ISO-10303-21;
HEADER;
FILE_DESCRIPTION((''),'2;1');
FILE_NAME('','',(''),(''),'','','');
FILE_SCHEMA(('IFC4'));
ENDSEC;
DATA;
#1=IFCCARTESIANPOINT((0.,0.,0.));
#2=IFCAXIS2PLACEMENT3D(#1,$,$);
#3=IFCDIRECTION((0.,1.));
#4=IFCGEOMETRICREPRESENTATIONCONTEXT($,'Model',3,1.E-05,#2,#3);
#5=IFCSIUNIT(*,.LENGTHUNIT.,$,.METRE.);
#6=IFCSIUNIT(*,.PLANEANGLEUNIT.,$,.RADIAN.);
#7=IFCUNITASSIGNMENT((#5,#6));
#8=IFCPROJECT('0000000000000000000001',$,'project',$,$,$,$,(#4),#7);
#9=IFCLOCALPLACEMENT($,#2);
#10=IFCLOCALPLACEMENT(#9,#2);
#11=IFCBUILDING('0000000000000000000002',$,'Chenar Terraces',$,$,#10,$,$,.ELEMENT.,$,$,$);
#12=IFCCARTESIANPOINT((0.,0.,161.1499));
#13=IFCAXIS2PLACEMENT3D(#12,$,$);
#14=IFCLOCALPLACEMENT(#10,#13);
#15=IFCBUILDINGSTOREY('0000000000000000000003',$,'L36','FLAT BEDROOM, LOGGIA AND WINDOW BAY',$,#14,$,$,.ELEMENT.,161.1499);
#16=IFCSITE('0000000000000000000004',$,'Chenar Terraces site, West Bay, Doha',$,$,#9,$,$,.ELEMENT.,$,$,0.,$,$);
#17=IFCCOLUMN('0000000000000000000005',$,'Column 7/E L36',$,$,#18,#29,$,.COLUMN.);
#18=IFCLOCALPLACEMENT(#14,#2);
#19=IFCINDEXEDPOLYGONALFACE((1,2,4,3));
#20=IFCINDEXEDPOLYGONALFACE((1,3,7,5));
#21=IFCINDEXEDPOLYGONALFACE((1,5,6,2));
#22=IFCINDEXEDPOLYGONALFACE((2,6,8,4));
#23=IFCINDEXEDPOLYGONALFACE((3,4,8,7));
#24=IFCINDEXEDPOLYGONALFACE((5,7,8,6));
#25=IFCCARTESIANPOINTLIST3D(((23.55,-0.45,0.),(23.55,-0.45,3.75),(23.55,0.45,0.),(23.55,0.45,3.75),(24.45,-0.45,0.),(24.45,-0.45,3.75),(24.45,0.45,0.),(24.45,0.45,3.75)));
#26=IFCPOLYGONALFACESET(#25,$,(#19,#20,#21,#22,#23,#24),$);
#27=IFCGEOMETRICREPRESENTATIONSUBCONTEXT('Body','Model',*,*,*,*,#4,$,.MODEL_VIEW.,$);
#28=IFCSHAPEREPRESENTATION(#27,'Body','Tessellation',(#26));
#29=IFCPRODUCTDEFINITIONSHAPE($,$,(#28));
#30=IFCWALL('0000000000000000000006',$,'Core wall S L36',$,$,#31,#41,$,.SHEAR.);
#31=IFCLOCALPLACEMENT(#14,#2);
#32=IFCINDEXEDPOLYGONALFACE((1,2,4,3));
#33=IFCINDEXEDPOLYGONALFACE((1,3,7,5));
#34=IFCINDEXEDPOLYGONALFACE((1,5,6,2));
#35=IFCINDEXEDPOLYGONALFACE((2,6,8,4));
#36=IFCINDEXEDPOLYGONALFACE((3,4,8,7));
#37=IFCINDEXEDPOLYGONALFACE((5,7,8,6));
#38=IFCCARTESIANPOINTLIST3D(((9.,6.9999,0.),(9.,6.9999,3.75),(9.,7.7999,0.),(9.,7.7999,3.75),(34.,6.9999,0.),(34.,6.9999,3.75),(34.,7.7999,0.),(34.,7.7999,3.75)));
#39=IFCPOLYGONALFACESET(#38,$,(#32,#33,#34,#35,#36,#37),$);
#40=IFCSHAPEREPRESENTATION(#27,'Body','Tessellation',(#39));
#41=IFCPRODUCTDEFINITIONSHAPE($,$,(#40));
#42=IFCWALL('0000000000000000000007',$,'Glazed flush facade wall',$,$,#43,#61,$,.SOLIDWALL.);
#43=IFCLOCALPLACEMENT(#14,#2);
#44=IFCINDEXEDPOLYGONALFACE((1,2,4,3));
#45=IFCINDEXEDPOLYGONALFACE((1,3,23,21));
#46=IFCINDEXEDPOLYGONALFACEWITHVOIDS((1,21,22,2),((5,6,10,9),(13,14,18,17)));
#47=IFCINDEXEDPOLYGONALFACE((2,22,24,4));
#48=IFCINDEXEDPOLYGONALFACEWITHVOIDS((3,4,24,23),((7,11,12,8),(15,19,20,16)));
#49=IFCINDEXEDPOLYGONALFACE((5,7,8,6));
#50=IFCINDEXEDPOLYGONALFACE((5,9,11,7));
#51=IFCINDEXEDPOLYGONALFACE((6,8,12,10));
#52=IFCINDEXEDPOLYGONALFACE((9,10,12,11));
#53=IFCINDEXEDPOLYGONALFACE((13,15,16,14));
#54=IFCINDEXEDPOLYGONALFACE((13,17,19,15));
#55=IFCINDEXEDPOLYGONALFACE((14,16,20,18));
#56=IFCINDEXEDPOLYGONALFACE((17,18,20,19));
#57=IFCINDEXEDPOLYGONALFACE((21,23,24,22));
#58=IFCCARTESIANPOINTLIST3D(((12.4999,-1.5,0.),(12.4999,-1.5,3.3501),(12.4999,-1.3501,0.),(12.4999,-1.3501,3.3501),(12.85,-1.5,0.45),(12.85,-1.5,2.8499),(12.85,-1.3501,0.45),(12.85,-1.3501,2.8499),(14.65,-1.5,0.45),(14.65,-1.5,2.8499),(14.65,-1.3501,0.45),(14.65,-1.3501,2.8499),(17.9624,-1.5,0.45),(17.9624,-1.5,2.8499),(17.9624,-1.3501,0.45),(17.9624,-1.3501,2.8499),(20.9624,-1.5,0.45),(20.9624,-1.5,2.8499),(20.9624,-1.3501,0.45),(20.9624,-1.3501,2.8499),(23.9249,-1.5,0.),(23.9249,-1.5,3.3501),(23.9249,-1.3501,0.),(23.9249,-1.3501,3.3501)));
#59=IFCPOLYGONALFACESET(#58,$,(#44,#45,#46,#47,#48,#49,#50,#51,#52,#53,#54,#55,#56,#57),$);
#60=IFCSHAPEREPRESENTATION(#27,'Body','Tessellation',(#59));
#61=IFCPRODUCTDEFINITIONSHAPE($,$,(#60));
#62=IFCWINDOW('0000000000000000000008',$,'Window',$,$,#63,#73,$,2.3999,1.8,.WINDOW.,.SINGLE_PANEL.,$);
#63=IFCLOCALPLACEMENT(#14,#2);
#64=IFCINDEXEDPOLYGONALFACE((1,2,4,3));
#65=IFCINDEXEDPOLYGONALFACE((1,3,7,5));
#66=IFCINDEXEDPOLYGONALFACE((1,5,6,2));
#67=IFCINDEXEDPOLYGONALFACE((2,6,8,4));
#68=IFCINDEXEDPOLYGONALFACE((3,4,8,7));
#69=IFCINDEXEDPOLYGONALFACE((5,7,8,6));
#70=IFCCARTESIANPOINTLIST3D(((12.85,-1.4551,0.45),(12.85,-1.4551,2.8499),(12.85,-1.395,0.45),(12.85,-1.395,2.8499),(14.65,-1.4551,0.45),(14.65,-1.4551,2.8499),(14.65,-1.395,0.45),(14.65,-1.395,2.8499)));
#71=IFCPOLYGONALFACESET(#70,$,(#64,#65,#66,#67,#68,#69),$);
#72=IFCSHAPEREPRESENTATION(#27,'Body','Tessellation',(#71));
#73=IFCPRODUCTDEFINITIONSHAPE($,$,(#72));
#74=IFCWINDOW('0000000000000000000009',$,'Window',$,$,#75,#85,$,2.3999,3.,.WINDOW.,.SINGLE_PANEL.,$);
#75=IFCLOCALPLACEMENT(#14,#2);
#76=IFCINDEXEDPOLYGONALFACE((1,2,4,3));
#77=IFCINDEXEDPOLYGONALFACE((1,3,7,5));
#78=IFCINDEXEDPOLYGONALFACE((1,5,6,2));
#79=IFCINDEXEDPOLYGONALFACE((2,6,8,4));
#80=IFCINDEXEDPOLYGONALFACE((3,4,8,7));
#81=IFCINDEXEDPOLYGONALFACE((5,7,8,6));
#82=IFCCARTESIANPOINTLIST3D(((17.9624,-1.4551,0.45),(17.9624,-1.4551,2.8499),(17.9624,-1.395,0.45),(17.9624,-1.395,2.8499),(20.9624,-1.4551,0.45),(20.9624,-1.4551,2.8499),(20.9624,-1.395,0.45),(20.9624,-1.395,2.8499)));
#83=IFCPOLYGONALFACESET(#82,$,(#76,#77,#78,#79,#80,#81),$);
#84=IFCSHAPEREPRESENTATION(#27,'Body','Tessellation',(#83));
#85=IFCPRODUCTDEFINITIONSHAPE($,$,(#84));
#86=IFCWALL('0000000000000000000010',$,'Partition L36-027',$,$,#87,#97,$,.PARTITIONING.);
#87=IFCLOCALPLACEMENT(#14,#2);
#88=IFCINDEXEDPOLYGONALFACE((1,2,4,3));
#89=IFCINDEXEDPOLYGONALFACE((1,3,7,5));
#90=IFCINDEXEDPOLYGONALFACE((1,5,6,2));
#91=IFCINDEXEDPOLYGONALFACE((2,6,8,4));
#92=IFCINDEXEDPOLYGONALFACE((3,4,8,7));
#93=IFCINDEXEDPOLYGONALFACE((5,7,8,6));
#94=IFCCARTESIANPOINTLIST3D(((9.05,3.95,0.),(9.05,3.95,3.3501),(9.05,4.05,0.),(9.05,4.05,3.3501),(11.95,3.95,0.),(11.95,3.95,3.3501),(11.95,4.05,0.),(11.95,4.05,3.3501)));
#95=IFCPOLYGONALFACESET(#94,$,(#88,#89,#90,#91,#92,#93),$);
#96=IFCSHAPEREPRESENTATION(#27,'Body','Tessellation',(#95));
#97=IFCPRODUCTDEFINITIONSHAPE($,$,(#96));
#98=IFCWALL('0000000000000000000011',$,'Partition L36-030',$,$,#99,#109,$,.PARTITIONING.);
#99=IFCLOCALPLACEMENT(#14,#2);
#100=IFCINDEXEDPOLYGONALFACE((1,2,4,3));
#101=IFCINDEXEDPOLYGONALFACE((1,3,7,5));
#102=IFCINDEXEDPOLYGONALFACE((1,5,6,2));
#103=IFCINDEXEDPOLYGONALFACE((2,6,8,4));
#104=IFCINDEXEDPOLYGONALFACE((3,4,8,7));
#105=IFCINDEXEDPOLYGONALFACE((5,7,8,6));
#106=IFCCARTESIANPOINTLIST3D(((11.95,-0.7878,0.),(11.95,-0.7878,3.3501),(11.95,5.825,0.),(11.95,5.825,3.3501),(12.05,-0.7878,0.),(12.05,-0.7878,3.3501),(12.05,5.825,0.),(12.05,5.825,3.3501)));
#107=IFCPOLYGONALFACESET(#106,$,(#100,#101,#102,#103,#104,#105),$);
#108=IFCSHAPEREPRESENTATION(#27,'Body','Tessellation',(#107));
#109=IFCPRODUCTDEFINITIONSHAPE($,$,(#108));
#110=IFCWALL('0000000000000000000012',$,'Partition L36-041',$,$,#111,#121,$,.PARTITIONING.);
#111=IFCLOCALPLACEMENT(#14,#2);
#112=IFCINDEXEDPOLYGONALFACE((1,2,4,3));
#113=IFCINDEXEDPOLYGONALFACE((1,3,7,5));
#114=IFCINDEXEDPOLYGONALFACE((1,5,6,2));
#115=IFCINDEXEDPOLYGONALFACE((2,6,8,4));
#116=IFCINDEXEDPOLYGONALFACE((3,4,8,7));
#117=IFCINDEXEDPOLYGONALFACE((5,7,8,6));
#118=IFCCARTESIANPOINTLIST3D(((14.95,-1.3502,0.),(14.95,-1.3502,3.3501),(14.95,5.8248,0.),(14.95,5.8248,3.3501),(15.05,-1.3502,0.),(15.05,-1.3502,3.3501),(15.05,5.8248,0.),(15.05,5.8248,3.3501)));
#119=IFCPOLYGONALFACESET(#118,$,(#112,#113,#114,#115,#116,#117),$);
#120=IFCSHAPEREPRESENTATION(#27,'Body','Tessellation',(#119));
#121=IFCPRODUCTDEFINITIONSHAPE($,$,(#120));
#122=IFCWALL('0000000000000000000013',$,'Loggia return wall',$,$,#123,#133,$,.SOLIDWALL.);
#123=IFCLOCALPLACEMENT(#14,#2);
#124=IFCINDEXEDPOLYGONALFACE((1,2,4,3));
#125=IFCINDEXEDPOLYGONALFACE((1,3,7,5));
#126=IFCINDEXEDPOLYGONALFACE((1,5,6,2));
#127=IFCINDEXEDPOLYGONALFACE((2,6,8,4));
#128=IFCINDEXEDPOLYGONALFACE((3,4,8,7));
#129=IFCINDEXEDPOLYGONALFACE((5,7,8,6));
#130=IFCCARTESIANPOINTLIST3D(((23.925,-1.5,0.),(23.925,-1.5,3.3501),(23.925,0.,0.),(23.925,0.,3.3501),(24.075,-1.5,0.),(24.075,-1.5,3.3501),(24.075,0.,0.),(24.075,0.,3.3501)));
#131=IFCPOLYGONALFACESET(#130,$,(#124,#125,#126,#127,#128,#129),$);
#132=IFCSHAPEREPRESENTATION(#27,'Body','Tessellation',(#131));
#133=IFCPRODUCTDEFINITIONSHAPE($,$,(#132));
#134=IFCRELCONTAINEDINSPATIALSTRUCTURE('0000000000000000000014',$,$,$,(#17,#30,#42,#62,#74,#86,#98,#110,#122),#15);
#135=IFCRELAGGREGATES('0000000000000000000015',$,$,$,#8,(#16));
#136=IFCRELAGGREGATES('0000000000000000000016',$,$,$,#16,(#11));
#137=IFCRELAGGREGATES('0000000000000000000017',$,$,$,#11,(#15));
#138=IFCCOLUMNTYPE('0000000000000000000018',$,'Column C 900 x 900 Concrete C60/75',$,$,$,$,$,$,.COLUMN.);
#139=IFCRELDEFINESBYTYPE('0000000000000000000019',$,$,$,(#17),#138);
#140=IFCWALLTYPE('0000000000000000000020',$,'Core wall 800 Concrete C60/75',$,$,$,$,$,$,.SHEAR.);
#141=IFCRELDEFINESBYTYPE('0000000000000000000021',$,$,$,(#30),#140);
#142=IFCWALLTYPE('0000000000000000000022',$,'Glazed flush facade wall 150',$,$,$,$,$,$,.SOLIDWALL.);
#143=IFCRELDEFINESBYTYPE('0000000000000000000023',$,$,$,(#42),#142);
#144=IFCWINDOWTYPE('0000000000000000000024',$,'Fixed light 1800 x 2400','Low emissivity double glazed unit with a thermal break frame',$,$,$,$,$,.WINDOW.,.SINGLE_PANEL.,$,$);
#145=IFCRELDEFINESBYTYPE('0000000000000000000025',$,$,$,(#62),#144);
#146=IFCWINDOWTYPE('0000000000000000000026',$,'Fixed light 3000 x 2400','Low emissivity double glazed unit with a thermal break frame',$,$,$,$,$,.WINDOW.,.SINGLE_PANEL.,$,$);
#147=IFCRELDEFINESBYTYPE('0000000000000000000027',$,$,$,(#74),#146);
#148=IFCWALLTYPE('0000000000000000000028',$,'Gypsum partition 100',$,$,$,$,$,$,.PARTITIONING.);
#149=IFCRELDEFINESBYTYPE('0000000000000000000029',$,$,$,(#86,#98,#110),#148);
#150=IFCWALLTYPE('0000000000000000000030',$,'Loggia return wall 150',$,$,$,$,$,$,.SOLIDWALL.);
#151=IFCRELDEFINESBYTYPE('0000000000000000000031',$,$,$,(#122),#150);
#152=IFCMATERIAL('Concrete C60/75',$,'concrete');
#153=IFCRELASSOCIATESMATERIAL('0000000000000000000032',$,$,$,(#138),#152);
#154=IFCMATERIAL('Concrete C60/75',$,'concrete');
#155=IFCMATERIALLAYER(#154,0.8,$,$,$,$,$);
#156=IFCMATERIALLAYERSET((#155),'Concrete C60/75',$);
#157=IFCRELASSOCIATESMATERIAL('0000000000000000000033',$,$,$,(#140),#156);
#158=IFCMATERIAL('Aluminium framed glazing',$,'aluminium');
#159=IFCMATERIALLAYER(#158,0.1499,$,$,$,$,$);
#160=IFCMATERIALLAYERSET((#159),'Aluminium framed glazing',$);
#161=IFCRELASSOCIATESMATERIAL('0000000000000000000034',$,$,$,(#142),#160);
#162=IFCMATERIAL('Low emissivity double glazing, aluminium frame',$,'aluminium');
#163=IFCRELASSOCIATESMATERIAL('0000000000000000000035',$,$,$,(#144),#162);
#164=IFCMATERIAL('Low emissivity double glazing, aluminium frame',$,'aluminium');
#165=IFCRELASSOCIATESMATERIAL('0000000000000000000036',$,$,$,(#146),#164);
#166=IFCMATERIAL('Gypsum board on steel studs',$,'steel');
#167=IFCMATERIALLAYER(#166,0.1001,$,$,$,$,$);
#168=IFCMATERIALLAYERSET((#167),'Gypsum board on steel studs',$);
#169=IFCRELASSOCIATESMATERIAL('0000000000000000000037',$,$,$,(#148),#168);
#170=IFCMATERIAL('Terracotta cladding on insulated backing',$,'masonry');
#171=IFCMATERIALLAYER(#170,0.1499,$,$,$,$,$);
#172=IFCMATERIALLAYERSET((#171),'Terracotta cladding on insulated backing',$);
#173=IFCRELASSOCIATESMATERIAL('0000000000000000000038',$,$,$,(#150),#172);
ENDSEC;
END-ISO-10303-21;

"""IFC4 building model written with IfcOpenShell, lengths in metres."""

from ifc_helpers import new_model, si_unit, direction, frame, frame_2d, origin, origin_2d, place, context, subcontext, project, spatial, rectangle, extrude, material, layer, layer_set, material_profile, profile_set, type_object, element, fill, save


model = new_model("IFC4")

# Units and contexts
model_context = context("Model", 3, precision=1e-05, world=origin(), true_north=direction((0.0, 1.0)))
body_context = subcontext(model_context, "Body", "Model", "MODEL_VIEW")
ifc_project = project(units=[si_unit("LENGTHUNIT", "METRE"), si_unit("PLANEANGLEUNIT", "RADIAN")], contexts=[model_context])

# Site, building, storey
site_placement = place(None, origin())
site = spatial("IfcSite", under=ifc_project, at=site_placement, Name="Chenar Terraces site, West Bay, Doha", CompositionType="ELEMENT", RefElevation=0.0)
building_placement = place(site_placement, origin())
building = spatial("IfcBuilding", under=site, at=building_placement, Name="Chenar Terraces", CompositionType="ELEMENT")
storey_placement = place(building_placement, frame((0.0, 0.0, 161.1499)))
storey = spatial("IfcBuildingStorey", under=building, at=storey_placement, Name="L36", Description="FLAT BEDROOM, LOGGIA AND WINDOW BAY", CompositionType="ELEMENT", Elevation=161.1499)

# Column
ifc_material_1 = material(Name="Concrete C60/75", Category="concrete")
ifc_material_profile = material_profile(ifc_material_1, rectangle(XDim=0.8999, YDim=0.8999, at=origin_2d()), Name="C 900 x 900")
ifc_profile_set = profile_set([ifc_material_profile], Name="Concrete C60/75")
column_type = type_object("IfcColumnType", Name="Column C 900 x 900 Concrete C60/75", PredefinedType="COLUMN", material=ifc_profile_set)
column_placement = place(storey_placement, frame((24.0, 0.0, 0.0), z_axis=(0.0, 0.0, 1.0), x_axis=(1.0, 0.0, 0.0)))
element("IfcColumn", 1, at=column_placement, inside=storey, type_object=column_type, Name="Column 7/E L36", PredefinedType="COLUMN", context=body_context, shape_type="SweptSolid", body=[
    extrude(rectangle(XDim=0.8999, YDim=0.8999, at=origin_2d()), origin(), (0.0, 0.0, 1.0), 3.75),
])

# Wall
ifc_material_2 = material(Name="Concrete C60/75", Category="concrete")
ifc_layer_1 = layer(ifc_material_2, 0.8)
ifc_layer_set_1 = layer_set([ifc_layer_1], Name="Concrete C60/75")
wall_type_1 = type_object("IfcWallType", Name="Core wall 800 Concrete C60/75", PredefinedType="SHEAR", material=ifc_layer_set_1)
wall_1_placement = place(storey_placement, frame((9.0, 7.3999, 0.0), z_axis=(0.0, 0.0, 1.0), x_axis=(1.0, 0.0, 0.0)))
element("IfcWall", 2, at=wall_1_placement, inside=storey, type_object=wall_type_1, Name="Core wall S L36", PredefinedType="SHEAR", context=body_context, shape_type="SweptSolid", body=[
    extrude(rectangle(XDim=25.0, YDim=0.8, at=frame_2d((12.5, 0.0))), origin(), (0.0, 0.0, 1.0), 3.75),
])

# Wall, openings, windows
ifc_material_3 = material(Name="Aluminium framed glazing", Category="aluminium")
ifc_layer_2 = layer(ifc_material_3, 0.1499)
ifc_layer_set_2 = layer_set([ifc_layer_2], Name="Aluminium framed glazing")
wall_type_2 = type_object("IfcWallType", Name="Glazed flush facade wall 150", PredefinedType="SOLIDWALL", material=ifc_layer_set_2)
wall_2_placement = place(storey_placement, frame((12.5, -1.425, 0.0), z_axis=(0.0, 0.0, 1.0), x_axis=(1.0, 0.0, 0.0)))
wall_2 = element("IfcWall", 3, at=wall_2_placement, inside=storey, type_object=wall_type_2, Name="Glazed flush facade wall", PredefinedType="SOLIDWALL", context=body_context, shape_type="SweptSolid", body=[
    extrude(rectangle(XDim=11.425, YDim=0.1499, at=frame_2d((5.7124, 0.0))), origin(), (0.0, 0.0, 1.0), 3.3501),
])
opening_1_placement = place(wall_2_placement, frame((0.3501, 0.0, 0.45)))
opening_1 = element("IfcOpeningElement", 4, at=opening_1_placement, cuts=wall_2, PredefinedType="OPENING", context=body_context, shape_type="SweptSolid", body=[
    extrude(rectangle(XDim=1.8, YDim=2.3999, at=frame_2d((0.8999, 1.2))), frame((0.0, 0.085, 0.0), z_axis=(0.0, -1.0, 0.0), x_axis=(1.0, 0.0, 0.0)), (0.0, 0.0, 1.0), 0.1699),
])
opening_2_placement = place(wall_2_placement, frame((5.4624, 0.0, 0.45)))
opening_2 = element("IfcOpeningElement", 5, at=opening_2_placement, cuts=wall_2, PredefinedType="OPENING", context=body_context, shape_type="SweptSolid", body=[
    extrude(rectangle(XDim=3.0, YDim=2.3999, at=frame_2d((1.5, 1.2))), frame((0.0, 0.085, 0.0), z_axis=(0.0, -1.0, 0.0), x_axis=(1.0, 0.0, 0.0)), (0.0, 0.0, 1.0), 0.1699),
])
ifc_material_4 = material(Name="Low emissivity double glazing, aluminium frame", Category="aluminium")
window_type_1 = type_object("IfcWindowType", Name="Fixed light 1800 x 2400", Description="Low emissivity double glazed unit with a thermal break frame", PartitioningType="SINGLE_PANEL", PredefinedType="WINDOW", material=ifc_material_4)
window_1_placement = place(opening_1_placement, origin())
window_1 = element("IfcWindow", 6, at=window_1_placement, inside=storey, type_object=window_type_1, Name="Window", OverallHeight=2.3999, OverallWidth=1.8, PartitioningType="SINGLE_PANEL", PredefinedType="WINDOW", context=body_context, shape_type="SweptSolid", body=[
    extrude(rectangle(XDim=1.8, YDim=2.3999, at=frame_2d((0.8999, 1.2))), frame((0.0, 0.03, 0.0), z_axis=(0.0, -1.0, 0.0), x_axis=(1.0, 0.0, 0.0)), (0.0, 0.0, 1.0), 0.0601),
])
fill(opening_1, window_1)
ifc_material_5 = material(Name="Low emissivity double glazing, aluminium frame", Category="aluminium")
window_type_2 = type_object("IfcWindowType", Name="Fixed light 3000 x 2400", Description="Low emissivity double glazed unit with a thermal break frame", PartitioningType="SINGLE_PANEL", PredefinedType="WINDOW", material=ifc_material_5)
window_2_placement = place(opening_2_placement, origin())
window_2 = element("IfcWindow", 7, at=window_2_placement, inside=storey, type_object=window_type_2, Name="Window", OverallHeight=2.3999, OverallWidth=3.0, PartitioningType="SINGLE_PANEL", PredefinedType="WINDOW", context=body_context, shape_type="SweptSolid", body=[
    extrude(rectangle(XDim=3.0, YDim=2.3999, at=frame_2d((1.5, 1.2))), frame((0.0, 0.03, 0.0), z_axis=(0.0, -1.0, 0.0), x_axis=(1.0, 0.0, 0.0)), (0.0, 0.0, 1.0), 0.0601),
])
fill(opening_2, window_2)

# Walls
ifc_material_6 = material(Name="Gypsum board on steel studs", Category="steel")
ifc_layer_3 = layer(ifc_material_6, 0.1001)
ifc_layer_set_3 = layer_set([ifc_layer_3], Name="Gypsum board on steel studs")
wall_type_3 = type_object("IfcWallType", Name="Gypsum partition 100", PredefinedType="PARTITIONING", material=ifc_layer_set_3)
wall_3_placement = place(storey_placement, frame((9.05, 4.0, 0.0), z_axis=(0.0, 0.0, 1.0), x_axis=(1.0, 0.0, 0.0)))
element("IfcWall", 8, at=wall_3_placement, inside=storey, type_object=wall_type_3, Name="Partition L36-027", PredefinedType="PARTITIONING", context=body_context, shape_type="SweptSolid", body=[
    extrude(rectangle(XDim=2.8999, YDim=0.1001, at=frame_2d((1.45, 0.0))), origin(), (0.0, 0.0, 1.0), 3.3501),
])
wall_4_placement = place(storey_placement, frame((12.0, -0.7878, 0.0), z_axis=(0.0, 0.0, 1.0), x_axis=(0.0, 1.0, 0.0)))
element("IfcWall", 9, at=wall_4_placement, inside=storey, type_object=wall_type_3, Name="Partition L36-030", PredefinedType="PARTITIONING", context=body_context, shape_type="SweptSolid", body=[
    extrude(rectangle(XDim=6.6128, YDim=0.1001, at=frame_2d((3.3064, 0.0))), origin(), (0.0, 0.0, 1.0), 3.3501),
])
wall_5_placement = place(storey_placement, frame((15.0, -1.3501, 0.0), z_axis=(0.0, 0.0, 1.0), x_axis=(0.0, 1.0, 0.0)))
element("IfcWall", 10, at=wall_5_placement, inside=storey, type_object=wall_type_3, Name="Partition L36-041", PredefinedType="PARTITIONING", context=body_context, shape_type="SweptSolid", body=[
    extrude(rectangle(XDim=7.175, YDim=0.1001, at=frame_2d((3.5874, 0.0))), origin(), (0.0, 0.0, 1.0), 3.3501),
])
ifc_material_7 = material(Name="Terracotta cladding on insulated backing", Category="masonry")
ifc_layer_4 = layer(ifc_material_7, 0.1499)
ifc_layer_set_4 = layer_set([ifc_layer_4], Name="Terracotta cladding on insulated backing")
wall_type_4 = type_object("IfcWallType", Name="Loggia return wall 150", PredefinedType="SOLIDWALL", material=ifc_layer_set_4)
wall_6_placement = place(storey_placement, frame((24.0, -1.5, 0.0), z_axis=(0.0, 0.0, 1.0), x_axis=(0.0, 1.0, 0.0)))
element("IfcWall", 11, at=wall_6_placement, inside=storey, type_object=wall_type_4, Name="Loggia return wall", PredefinedType="SOLIDWALL", context=body_context, shape_type="SweptSolid", body=[
    extrude(rectangle(XDim=1.5, YDim=0.1499, at=frame_2d((0.75, 0.0))), origin(), (0.0, 0.0, 1.0), 3.3501),
])

save(model, "model.ifc")
